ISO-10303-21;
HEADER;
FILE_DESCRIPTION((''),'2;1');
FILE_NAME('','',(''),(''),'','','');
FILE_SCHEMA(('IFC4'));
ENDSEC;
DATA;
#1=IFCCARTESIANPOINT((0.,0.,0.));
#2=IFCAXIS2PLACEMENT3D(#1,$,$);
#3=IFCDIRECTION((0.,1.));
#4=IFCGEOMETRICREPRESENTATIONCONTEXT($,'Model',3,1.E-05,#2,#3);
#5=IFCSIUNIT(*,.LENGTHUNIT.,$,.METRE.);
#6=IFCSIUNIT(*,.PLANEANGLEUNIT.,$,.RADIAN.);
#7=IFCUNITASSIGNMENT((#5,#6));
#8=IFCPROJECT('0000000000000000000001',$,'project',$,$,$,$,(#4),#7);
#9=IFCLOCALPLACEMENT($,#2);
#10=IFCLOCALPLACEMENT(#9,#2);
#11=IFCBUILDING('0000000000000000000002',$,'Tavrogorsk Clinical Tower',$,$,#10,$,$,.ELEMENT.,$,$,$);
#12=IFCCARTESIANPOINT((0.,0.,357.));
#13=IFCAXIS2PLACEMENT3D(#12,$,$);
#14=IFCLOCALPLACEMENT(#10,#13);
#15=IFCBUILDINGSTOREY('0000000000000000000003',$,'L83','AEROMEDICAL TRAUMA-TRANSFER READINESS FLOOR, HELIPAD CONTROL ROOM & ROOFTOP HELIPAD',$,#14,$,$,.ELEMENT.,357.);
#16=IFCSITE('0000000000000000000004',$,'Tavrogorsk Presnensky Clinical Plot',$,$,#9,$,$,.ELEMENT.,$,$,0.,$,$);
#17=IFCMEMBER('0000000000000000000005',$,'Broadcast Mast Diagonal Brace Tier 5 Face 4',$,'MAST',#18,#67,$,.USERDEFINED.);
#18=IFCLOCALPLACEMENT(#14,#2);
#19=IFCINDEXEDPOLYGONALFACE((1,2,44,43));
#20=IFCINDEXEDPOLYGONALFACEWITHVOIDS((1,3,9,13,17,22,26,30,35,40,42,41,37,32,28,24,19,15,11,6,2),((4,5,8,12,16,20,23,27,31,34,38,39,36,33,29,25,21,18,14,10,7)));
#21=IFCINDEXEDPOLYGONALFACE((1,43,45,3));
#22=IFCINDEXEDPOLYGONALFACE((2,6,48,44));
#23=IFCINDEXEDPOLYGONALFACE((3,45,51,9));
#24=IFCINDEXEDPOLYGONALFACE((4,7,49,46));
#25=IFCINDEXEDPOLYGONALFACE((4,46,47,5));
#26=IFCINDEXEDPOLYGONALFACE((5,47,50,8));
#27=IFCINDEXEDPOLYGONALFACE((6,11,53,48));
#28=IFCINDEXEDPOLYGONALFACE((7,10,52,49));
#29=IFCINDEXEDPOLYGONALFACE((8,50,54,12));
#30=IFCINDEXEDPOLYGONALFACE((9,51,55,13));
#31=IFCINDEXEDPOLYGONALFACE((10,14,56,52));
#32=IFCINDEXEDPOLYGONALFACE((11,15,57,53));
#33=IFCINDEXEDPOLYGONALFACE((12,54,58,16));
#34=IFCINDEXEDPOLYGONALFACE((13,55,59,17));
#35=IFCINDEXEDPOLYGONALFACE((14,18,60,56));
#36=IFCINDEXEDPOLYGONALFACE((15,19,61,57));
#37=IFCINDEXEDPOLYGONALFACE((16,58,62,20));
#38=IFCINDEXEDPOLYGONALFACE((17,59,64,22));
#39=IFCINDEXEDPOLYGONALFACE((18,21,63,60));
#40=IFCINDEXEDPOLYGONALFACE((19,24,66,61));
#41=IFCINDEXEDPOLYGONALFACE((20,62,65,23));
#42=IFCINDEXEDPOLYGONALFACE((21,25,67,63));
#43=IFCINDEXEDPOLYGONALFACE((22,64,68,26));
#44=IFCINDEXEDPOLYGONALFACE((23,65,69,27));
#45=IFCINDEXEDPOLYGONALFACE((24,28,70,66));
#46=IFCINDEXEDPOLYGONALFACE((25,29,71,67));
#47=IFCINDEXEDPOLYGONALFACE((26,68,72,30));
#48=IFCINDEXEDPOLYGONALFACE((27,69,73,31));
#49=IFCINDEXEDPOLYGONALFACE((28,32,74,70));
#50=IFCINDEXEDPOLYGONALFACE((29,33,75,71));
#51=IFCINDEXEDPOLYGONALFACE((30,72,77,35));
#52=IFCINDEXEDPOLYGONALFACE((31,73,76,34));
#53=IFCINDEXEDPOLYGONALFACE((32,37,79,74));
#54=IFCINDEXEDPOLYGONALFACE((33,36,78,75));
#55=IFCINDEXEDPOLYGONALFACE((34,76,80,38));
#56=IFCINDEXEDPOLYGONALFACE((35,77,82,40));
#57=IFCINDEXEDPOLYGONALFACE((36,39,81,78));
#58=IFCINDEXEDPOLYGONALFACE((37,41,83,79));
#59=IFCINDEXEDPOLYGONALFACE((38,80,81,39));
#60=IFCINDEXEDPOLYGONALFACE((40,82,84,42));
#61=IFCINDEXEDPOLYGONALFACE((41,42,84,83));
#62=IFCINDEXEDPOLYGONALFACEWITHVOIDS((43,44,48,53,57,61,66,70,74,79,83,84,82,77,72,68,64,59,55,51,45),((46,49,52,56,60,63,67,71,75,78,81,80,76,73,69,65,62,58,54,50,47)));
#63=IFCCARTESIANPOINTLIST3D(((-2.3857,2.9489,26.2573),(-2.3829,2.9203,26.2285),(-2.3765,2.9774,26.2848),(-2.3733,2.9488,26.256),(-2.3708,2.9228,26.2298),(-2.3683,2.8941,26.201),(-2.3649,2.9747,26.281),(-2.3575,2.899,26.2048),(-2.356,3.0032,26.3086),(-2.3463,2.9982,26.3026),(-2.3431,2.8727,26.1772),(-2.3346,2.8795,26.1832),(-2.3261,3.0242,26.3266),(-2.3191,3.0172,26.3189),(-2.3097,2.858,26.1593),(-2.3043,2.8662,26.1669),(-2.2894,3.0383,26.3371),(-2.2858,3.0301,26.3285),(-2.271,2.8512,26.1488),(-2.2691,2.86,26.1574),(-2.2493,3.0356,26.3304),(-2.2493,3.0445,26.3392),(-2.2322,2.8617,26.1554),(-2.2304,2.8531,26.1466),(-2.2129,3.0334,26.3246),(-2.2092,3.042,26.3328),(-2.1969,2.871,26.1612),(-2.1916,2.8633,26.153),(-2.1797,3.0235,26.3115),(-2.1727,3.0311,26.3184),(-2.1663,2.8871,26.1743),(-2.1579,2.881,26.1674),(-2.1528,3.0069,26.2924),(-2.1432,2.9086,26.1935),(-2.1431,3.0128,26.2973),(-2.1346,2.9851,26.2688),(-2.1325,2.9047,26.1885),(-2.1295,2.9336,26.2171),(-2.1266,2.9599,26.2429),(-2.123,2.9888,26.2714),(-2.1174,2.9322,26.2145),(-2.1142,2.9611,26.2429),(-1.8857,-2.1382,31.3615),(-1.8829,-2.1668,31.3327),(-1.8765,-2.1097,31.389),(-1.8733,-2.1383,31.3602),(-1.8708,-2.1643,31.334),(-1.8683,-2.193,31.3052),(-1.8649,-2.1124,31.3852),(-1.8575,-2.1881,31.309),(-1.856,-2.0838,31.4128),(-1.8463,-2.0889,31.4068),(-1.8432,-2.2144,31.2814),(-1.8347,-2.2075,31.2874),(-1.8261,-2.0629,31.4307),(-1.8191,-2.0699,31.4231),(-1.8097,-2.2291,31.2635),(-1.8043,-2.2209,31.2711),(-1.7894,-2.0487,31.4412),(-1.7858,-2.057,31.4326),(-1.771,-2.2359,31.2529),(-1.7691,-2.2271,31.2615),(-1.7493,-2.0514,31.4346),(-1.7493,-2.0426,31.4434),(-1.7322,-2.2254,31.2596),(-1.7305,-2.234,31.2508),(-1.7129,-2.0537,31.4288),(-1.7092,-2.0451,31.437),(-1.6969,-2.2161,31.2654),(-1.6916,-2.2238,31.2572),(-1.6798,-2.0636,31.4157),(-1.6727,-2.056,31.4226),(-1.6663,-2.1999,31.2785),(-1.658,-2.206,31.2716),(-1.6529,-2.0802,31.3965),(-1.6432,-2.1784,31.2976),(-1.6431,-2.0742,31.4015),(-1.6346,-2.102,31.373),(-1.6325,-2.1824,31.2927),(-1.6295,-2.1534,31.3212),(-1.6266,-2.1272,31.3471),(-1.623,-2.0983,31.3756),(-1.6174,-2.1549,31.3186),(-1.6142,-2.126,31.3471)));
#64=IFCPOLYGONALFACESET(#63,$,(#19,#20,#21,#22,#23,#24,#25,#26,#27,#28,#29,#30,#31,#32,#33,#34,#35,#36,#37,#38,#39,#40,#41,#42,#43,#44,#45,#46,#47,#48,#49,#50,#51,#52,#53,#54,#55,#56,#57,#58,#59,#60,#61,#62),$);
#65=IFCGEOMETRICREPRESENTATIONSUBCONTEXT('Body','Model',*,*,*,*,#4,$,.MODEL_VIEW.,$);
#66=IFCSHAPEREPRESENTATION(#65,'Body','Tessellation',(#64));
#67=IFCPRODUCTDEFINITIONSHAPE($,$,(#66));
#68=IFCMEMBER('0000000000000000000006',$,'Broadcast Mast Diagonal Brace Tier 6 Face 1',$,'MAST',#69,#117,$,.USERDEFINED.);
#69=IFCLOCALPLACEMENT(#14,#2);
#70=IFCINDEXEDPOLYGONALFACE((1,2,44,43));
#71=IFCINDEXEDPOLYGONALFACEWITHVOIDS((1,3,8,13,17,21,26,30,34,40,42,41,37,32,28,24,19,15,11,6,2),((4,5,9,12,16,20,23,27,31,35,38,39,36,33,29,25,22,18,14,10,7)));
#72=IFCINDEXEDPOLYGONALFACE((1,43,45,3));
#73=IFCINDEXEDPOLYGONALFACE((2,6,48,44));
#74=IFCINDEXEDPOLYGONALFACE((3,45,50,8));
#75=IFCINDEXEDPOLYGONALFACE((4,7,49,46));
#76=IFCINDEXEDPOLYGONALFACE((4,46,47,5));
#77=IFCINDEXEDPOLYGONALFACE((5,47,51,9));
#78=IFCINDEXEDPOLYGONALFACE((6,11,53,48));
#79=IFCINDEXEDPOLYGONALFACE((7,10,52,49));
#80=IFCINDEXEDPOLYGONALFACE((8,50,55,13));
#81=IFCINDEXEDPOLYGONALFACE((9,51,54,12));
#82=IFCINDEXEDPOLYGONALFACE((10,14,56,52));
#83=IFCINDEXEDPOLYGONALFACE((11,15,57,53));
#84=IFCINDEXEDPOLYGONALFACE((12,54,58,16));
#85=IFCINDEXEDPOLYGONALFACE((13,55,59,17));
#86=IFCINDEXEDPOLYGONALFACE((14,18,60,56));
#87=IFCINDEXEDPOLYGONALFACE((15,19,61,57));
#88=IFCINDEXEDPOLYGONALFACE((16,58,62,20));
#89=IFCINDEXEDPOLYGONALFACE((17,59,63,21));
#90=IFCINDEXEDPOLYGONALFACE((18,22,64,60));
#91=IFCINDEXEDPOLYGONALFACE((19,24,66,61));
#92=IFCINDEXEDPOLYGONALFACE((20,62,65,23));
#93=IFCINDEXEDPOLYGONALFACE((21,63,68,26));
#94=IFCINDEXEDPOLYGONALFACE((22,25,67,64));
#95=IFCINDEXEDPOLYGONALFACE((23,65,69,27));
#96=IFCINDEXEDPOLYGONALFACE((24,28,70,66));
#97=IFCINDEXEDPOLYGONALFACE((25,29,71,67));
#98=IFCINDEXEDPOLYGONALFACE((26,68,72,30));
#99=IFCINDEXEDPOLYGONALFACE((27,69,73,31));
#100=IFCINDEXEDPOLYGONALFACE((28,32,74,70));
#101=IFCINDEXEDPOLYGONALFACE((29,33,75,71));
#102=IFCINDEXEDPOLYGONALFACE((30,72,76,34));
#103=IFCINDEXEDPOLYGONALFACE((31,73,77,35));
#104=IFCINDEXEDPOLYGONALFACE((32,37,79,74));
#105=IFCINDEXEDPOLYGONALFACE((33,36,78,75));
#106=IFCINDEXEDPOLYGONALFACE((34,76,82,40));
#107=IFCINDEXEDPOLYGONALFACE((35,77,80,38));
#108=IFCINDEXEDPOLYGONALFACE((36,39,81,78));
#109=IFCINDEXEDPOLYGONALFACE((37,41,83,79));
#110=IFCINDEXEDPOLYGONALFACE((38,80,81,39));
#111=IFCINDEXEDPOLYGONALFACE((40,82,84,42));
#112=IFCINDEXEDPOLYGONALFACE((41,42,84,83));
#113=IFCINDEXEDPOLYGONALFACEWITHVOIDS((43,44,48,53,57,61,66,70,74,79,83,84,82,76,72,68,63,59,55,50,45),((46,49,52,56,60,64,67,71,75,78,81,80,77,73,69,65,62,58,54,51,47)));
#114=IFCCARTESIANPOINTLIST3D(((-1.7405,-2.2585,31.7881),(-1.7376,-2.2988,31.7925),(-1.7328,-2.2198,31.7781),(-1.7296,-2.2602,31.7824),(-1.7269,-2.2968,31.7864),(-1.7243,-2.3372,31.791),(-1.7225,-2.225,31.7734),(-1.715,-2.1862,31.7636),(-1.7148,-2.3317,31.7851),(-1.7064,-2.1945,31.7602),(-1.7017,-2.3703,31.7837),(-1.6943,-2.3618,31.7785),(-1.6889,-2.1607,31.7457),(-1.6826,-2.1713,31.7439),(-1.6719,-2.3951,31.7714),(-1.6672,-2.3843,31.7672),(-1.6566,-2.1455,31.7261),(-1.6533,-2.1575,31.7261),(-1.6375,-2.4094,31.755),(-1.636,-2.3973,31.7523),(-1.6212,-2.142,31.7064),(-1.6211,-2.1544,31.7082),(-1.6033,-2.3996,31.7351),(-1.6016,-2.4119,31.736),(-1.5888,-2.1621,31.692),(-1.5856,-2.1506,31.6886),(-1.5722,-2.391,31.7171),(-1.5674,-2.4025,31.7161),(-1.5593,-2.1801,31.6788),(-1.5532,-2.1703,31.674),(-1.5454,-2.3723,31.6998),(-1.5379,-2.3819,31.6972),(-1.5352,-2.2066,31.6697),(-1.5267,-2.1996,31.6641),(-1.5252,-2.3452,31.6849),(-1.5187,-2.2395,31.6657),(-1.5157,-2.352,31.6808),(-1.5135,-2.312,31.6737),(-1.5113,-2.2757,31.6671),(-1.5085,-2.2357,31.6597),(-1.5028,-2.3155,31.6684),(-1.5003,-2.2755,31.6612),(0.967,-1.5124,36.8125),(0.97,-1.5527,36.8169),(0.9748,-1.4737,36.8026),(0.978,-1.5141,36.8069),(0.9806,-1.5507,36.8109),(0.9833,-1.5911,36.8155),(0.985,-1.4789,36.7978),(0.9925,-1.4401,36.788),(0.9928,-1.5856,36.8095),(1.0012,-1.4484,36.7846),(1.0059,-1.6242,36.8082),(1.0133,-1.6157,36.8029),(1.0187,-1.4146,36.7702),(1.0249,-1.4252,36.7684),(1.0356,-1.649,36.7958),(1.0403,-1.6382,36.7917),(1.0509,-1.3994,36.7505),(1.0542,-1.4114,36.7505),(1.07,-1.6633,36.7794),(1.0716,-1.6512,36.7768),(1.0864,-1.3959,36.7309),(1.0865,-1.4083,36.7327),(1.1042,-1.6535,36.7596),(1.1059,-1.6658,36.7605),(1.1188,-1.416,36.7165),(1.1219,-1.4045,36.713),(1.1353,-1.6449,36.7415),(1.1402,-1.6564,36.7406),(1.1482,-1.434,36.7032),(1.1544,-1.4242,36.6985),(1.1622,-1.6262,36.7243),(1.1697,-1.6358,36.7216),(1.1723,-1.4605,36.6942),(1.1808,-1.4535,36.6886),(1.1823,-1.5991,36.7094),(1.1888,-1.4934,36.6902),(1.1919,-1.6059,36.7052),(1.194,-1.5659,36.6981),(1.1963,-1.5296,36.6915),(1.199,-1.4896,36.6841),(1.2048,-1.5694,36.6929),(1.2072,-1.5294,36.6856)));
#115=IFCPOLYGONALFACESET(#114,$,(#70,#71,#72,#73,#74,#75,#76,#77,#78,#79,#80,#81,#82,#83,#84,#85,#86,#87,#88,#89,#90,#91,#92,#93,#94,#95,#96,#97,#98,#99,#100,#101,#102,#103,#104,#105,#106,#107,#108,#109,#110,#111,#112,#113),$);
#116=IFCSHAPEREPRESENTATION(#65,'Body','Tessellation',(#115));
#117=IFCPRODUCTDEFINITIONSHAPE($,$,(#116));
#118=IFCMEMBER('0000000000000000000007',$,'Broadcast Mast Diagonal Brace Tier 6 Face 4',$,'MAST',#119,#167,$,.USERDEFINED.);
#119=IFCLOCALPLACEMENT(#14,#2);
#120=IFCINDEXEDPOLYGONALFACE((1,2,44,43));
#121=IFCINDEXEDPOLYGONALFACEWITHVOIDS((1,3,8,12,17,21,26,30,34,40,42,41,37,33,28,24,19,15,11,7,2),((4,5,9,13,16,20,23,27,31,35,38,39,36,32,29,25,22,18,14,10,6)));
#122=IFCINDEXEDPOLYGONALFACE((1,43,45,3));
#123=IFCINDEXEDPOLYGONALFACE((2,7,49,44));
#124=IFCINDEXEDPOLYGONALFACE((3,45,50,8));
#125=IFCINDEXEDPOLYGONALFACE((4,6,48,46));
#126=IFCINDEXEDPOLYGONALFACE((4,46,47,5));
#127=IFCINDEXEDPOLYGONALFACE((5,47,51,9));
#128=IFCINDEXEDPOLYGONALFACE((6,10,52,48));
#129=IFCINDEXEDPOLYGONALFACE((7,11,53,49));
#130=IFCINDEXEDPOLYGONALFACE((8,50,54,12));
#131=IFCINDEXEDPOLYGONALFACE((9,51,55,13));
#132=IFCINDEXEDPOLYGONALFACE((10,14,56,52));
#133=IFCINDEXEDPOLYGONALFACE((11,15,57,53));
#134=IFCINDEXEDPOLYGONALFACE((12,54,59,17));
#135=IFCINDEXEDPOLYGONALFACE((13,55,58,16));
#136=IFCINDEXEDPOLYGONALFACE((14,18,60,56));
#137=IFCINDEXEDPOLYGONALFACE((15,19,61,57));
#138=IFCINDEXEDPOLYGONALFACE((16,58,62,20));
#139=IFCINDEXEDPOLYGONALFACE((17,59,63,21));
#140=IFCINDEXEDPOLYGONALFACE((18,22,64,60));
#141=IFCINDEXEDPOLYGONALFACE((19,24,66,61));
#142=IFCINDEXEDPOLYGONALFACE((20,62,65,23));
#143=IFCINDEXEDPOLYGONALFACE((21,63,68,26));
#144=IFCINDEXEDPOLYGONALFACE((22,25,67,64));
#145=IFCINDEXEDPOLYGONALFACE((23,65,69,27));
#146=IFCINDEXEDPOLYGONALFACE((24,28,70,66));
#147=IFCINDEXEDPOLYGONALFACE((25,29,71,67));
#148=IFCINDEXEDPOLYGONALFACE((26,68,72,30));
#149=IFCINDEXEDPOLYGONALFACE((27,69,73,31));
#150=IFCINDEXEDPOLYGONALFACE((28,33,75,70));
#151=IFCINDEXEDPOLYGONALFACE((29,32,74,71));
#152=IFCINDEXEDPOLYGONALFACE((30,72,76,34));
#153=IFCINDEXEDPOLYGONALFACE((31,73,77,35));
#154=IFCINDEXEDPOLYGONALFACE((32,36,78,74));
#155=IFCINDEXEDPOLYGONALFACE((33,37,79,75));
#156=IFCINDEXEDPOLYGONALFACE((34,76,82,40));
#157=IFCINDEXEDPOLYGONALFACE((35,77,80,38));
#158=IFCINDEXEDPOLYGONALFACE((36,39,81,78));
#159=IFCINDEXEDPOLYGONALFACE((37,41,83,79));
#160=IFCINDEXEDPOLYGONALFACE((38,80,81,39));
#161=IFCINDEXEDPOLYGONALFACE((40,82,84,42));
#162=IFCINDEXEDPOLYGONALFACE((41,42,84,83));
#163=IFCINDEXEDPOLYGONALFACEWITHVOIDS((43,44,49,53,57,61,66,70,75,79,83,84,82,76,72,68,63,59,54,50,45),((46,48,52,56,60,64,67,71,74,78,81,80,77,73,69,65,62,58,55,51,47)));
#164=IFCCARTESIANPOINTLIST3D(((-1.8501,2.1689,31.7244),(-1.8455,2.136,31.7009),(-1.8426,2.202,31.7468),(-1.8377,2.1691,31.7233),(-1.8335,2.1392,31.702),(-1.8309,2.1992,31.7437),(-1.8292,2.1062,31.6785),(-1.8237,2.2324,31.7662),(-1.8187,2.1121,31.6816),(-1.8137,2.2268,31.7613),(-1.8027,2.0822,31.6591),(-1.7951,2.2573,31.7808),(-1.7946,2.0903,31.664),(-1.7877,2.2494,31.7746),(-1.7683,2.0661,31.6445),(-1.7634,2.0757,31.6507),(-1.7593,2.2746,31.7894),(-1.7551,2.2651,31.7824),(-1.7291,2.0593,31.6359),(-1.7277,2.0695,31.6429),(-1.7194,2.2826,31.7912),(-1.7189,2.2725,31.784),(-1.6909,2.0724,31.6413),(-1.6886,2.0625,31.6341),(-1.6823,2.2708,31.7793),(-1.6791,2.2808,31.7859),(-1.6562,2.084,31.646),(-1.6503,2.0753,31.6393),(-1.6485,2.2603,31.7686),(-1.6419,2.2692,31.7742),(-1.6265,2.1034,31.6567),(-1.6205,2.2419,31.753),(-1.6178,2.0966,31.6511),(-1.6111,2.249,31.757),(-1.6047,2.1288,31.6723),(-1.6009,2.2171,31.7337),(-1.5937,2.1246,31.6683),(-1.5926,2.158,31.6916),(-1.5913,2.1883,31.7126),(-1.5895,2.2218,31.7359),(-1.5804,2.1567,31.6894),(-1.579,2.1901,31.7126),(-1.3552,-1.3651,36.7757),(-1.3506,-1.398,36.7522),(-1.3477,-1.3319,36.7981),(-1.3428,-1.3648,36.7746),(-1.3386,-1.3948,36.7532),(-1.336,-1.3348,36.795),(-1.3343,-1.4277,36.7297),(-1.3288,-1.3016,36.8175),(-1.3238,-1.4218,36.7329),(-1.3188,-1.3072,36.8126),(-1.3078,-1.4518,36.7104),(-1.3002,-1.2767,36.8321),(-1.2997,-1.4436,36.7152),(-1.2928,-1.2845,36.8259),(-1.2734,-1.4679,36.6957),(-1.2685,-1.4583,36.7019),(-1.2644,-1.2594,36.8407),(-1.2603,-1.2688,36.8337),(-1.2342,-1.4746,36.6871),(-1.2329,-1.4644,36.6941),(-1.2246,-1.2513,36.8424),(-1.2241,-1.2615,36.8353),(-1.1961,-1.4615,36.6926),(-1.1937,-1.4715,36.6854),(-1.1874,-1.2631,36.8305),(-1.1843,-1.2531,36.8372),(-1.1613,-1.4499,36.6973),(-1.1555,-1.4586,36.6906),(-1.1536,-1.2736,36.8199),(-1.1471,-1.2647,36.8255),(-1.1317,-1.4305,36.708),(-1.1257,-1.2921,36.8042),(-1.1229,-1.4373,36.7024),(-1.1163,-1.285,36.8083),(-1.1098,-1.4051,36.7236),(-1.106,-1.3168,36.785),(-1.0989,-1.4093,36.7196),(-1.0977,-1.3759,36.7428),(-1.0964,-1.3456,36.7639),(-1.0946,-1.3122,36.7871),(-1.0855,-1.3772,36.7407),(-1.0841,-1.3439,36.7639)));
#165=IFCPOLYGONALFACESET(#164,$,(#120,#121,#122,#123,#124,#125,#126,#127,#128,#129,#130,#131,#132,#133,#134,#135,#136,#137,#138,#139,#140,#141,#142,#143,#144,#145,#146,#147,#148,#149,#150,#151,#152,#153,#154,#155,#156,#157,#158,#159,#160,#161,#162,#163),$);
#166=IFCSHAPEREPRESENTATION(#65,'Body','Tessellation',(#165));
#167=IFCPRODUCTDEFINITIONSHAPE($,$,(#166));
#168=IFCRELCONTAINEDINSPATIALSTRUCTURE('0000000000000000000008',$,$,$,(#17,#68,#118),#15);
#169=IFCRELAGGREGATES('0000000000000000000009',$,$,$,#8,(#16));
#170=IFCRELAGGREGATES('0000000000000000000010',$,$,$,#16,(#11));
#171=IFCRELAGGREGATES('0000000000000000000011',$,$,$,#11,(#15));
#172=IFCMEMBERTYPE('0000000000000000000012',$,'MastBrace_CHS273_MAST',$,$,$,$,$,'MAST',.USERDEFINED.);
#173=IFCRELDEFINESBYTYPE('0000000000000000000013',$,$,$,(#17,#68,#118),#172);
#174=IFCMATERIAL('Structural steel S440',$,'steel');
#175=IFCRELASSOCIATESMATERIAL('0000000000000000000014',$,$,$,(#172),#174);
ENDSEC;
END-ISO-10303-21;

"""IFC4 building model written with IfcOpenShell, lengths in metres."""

from ifc_helpers import new_model, si_unit, direction, frame, origin, origin_2d, place, context, subcontext, project, spatial, hollow_circle, extrude, material, material_profile, profile_set, type_object, element, save


model = new_model("IFC4")

# Units and contexts
model_context = context("Model", 3, precision=1e-05, world=origin(), true_north=direction((0.0, 1.0)))
body_context = subcontext(model_context, "Body", "Model", "MODEL_VIEW")
ifc_project = project(units=[si_unit("LENGTHUNIT", "METRE"), si_unit("PLANEANGLEUNIT", "RADIAN")], contexts=[model_context])

# Site, building, storey
site_placement = place(None, origin())
site = spatial("IfcSite", under=ifc_project, at=site_placement, Name="Tavrogorsk Presnensky Clinical Plot", CompositionType="ELEMENT", RefElevation=0.0)
building_placement = place(site_placement, origin())
building = spatial("IfcBuilding", under=site, at=building_placement, Name="Tavrogorsk Clinical Tower", CompositionType="ELEMENT")
storey_placement = place(building_placement, frame((0.0, 0.0, 357.0)))
storey = spatial("IfcBuildingStorey", under=building, at=storey_placement, Name="L83", Description="AEROMEDICAL TRAUMA-TRANSFER READINESS FLOOR, HELIPAD CONTROL ROOM & ROOFTOP HELIPAD", CompositionType="ELEMENT", Elevation=357.0)

# Members
ifc_material_1 = material(Name="Structural steel S440", Category="steel")
ifc_material_profile_1 = material_profile(ifc_material_1, hollow_circle(Radius=0.1365, WallThickness=0.0125, at=origin_2d()), Name="CHS-273x12.5")
ifc_profile_set_1 = profile_set([ifc_material_profile_1], Name="Structural steel S440")
member_type_1 = type_object("IfcMemberType", Name="MastBrace_CHS273_MAST", ElementType="MAST", PredefinedType="USERDEFINED", material=ifc_profile_set_1)
member_1_placement = place(storey_placement, frame((-2.25, 2.9478, 26.2429), z_axis=(0.069216, -0.704227, 0.706593), x_axis=(0.995205, 0.097815, 0.0)))
element("IfcMember", 1, at=member_1_placement, inside=storey, type_object=member_type_1, Name="Broadcast Mast Diagonal Brace Tier 5 Face 4", ObjectType="MAST", PredefinedType="USERDEFINED", context=body_context, shape_type="SweptSolid", body=[
    extrude(hollow_circle(Radius=0.1365, WallThickness=0.0125, at=origin_2d()), origin(), (0.0, 0.0, 1.0), 7.2236),
])
member_2_placement = place(storey_placement, frame((-1.6204, -2.2771, 31.7261), z_axis=(0.470378, 0.129619, 0.872893), x_axis=(-0.265662, 0.964066, 0.0)))
element("IfcMember", 2, at=member_2_placement, inside=storey, type_object=member_type_1, Name="Broadcast Mast Diagonal Brace Tier 6 Face 1", ObjectType="MAST", PredefinedType="USERDEFINED", context=body_context, shape_type="SweptSolid", body=[
    extrude(hollow_circle(Radius=0.1365, WallThickness=0.0125, at=origin_2d()), origin(), (0.0, 0.0, 1.0), 5.7561),
])
member_3_placement = place(storey_placement, frame((-1.7141, 2.1711, 31.7126), z_axis=(0.080017, -0.571412, 0.816753), x_axis=(0.990337, 0.138681, 0.0)))
element("IfcMember", 3, at=member_3_placement, inside=storey, type_object=member_type_1, Name="Broadcast Mast Diagonal Brace Tier 6 Face 4", ObjectType="MAST", PredefinedType="USERDEFINED", context=body_context, shape_type="SweptSolid", body=[
    extrude(hollow_circle(Radius=0.1365, WallThickness=0.0125, at=origin_2d()), origin(), (0.0, 0.0, 1.0), 6.1846),
])

save(model, "model.ifc")
